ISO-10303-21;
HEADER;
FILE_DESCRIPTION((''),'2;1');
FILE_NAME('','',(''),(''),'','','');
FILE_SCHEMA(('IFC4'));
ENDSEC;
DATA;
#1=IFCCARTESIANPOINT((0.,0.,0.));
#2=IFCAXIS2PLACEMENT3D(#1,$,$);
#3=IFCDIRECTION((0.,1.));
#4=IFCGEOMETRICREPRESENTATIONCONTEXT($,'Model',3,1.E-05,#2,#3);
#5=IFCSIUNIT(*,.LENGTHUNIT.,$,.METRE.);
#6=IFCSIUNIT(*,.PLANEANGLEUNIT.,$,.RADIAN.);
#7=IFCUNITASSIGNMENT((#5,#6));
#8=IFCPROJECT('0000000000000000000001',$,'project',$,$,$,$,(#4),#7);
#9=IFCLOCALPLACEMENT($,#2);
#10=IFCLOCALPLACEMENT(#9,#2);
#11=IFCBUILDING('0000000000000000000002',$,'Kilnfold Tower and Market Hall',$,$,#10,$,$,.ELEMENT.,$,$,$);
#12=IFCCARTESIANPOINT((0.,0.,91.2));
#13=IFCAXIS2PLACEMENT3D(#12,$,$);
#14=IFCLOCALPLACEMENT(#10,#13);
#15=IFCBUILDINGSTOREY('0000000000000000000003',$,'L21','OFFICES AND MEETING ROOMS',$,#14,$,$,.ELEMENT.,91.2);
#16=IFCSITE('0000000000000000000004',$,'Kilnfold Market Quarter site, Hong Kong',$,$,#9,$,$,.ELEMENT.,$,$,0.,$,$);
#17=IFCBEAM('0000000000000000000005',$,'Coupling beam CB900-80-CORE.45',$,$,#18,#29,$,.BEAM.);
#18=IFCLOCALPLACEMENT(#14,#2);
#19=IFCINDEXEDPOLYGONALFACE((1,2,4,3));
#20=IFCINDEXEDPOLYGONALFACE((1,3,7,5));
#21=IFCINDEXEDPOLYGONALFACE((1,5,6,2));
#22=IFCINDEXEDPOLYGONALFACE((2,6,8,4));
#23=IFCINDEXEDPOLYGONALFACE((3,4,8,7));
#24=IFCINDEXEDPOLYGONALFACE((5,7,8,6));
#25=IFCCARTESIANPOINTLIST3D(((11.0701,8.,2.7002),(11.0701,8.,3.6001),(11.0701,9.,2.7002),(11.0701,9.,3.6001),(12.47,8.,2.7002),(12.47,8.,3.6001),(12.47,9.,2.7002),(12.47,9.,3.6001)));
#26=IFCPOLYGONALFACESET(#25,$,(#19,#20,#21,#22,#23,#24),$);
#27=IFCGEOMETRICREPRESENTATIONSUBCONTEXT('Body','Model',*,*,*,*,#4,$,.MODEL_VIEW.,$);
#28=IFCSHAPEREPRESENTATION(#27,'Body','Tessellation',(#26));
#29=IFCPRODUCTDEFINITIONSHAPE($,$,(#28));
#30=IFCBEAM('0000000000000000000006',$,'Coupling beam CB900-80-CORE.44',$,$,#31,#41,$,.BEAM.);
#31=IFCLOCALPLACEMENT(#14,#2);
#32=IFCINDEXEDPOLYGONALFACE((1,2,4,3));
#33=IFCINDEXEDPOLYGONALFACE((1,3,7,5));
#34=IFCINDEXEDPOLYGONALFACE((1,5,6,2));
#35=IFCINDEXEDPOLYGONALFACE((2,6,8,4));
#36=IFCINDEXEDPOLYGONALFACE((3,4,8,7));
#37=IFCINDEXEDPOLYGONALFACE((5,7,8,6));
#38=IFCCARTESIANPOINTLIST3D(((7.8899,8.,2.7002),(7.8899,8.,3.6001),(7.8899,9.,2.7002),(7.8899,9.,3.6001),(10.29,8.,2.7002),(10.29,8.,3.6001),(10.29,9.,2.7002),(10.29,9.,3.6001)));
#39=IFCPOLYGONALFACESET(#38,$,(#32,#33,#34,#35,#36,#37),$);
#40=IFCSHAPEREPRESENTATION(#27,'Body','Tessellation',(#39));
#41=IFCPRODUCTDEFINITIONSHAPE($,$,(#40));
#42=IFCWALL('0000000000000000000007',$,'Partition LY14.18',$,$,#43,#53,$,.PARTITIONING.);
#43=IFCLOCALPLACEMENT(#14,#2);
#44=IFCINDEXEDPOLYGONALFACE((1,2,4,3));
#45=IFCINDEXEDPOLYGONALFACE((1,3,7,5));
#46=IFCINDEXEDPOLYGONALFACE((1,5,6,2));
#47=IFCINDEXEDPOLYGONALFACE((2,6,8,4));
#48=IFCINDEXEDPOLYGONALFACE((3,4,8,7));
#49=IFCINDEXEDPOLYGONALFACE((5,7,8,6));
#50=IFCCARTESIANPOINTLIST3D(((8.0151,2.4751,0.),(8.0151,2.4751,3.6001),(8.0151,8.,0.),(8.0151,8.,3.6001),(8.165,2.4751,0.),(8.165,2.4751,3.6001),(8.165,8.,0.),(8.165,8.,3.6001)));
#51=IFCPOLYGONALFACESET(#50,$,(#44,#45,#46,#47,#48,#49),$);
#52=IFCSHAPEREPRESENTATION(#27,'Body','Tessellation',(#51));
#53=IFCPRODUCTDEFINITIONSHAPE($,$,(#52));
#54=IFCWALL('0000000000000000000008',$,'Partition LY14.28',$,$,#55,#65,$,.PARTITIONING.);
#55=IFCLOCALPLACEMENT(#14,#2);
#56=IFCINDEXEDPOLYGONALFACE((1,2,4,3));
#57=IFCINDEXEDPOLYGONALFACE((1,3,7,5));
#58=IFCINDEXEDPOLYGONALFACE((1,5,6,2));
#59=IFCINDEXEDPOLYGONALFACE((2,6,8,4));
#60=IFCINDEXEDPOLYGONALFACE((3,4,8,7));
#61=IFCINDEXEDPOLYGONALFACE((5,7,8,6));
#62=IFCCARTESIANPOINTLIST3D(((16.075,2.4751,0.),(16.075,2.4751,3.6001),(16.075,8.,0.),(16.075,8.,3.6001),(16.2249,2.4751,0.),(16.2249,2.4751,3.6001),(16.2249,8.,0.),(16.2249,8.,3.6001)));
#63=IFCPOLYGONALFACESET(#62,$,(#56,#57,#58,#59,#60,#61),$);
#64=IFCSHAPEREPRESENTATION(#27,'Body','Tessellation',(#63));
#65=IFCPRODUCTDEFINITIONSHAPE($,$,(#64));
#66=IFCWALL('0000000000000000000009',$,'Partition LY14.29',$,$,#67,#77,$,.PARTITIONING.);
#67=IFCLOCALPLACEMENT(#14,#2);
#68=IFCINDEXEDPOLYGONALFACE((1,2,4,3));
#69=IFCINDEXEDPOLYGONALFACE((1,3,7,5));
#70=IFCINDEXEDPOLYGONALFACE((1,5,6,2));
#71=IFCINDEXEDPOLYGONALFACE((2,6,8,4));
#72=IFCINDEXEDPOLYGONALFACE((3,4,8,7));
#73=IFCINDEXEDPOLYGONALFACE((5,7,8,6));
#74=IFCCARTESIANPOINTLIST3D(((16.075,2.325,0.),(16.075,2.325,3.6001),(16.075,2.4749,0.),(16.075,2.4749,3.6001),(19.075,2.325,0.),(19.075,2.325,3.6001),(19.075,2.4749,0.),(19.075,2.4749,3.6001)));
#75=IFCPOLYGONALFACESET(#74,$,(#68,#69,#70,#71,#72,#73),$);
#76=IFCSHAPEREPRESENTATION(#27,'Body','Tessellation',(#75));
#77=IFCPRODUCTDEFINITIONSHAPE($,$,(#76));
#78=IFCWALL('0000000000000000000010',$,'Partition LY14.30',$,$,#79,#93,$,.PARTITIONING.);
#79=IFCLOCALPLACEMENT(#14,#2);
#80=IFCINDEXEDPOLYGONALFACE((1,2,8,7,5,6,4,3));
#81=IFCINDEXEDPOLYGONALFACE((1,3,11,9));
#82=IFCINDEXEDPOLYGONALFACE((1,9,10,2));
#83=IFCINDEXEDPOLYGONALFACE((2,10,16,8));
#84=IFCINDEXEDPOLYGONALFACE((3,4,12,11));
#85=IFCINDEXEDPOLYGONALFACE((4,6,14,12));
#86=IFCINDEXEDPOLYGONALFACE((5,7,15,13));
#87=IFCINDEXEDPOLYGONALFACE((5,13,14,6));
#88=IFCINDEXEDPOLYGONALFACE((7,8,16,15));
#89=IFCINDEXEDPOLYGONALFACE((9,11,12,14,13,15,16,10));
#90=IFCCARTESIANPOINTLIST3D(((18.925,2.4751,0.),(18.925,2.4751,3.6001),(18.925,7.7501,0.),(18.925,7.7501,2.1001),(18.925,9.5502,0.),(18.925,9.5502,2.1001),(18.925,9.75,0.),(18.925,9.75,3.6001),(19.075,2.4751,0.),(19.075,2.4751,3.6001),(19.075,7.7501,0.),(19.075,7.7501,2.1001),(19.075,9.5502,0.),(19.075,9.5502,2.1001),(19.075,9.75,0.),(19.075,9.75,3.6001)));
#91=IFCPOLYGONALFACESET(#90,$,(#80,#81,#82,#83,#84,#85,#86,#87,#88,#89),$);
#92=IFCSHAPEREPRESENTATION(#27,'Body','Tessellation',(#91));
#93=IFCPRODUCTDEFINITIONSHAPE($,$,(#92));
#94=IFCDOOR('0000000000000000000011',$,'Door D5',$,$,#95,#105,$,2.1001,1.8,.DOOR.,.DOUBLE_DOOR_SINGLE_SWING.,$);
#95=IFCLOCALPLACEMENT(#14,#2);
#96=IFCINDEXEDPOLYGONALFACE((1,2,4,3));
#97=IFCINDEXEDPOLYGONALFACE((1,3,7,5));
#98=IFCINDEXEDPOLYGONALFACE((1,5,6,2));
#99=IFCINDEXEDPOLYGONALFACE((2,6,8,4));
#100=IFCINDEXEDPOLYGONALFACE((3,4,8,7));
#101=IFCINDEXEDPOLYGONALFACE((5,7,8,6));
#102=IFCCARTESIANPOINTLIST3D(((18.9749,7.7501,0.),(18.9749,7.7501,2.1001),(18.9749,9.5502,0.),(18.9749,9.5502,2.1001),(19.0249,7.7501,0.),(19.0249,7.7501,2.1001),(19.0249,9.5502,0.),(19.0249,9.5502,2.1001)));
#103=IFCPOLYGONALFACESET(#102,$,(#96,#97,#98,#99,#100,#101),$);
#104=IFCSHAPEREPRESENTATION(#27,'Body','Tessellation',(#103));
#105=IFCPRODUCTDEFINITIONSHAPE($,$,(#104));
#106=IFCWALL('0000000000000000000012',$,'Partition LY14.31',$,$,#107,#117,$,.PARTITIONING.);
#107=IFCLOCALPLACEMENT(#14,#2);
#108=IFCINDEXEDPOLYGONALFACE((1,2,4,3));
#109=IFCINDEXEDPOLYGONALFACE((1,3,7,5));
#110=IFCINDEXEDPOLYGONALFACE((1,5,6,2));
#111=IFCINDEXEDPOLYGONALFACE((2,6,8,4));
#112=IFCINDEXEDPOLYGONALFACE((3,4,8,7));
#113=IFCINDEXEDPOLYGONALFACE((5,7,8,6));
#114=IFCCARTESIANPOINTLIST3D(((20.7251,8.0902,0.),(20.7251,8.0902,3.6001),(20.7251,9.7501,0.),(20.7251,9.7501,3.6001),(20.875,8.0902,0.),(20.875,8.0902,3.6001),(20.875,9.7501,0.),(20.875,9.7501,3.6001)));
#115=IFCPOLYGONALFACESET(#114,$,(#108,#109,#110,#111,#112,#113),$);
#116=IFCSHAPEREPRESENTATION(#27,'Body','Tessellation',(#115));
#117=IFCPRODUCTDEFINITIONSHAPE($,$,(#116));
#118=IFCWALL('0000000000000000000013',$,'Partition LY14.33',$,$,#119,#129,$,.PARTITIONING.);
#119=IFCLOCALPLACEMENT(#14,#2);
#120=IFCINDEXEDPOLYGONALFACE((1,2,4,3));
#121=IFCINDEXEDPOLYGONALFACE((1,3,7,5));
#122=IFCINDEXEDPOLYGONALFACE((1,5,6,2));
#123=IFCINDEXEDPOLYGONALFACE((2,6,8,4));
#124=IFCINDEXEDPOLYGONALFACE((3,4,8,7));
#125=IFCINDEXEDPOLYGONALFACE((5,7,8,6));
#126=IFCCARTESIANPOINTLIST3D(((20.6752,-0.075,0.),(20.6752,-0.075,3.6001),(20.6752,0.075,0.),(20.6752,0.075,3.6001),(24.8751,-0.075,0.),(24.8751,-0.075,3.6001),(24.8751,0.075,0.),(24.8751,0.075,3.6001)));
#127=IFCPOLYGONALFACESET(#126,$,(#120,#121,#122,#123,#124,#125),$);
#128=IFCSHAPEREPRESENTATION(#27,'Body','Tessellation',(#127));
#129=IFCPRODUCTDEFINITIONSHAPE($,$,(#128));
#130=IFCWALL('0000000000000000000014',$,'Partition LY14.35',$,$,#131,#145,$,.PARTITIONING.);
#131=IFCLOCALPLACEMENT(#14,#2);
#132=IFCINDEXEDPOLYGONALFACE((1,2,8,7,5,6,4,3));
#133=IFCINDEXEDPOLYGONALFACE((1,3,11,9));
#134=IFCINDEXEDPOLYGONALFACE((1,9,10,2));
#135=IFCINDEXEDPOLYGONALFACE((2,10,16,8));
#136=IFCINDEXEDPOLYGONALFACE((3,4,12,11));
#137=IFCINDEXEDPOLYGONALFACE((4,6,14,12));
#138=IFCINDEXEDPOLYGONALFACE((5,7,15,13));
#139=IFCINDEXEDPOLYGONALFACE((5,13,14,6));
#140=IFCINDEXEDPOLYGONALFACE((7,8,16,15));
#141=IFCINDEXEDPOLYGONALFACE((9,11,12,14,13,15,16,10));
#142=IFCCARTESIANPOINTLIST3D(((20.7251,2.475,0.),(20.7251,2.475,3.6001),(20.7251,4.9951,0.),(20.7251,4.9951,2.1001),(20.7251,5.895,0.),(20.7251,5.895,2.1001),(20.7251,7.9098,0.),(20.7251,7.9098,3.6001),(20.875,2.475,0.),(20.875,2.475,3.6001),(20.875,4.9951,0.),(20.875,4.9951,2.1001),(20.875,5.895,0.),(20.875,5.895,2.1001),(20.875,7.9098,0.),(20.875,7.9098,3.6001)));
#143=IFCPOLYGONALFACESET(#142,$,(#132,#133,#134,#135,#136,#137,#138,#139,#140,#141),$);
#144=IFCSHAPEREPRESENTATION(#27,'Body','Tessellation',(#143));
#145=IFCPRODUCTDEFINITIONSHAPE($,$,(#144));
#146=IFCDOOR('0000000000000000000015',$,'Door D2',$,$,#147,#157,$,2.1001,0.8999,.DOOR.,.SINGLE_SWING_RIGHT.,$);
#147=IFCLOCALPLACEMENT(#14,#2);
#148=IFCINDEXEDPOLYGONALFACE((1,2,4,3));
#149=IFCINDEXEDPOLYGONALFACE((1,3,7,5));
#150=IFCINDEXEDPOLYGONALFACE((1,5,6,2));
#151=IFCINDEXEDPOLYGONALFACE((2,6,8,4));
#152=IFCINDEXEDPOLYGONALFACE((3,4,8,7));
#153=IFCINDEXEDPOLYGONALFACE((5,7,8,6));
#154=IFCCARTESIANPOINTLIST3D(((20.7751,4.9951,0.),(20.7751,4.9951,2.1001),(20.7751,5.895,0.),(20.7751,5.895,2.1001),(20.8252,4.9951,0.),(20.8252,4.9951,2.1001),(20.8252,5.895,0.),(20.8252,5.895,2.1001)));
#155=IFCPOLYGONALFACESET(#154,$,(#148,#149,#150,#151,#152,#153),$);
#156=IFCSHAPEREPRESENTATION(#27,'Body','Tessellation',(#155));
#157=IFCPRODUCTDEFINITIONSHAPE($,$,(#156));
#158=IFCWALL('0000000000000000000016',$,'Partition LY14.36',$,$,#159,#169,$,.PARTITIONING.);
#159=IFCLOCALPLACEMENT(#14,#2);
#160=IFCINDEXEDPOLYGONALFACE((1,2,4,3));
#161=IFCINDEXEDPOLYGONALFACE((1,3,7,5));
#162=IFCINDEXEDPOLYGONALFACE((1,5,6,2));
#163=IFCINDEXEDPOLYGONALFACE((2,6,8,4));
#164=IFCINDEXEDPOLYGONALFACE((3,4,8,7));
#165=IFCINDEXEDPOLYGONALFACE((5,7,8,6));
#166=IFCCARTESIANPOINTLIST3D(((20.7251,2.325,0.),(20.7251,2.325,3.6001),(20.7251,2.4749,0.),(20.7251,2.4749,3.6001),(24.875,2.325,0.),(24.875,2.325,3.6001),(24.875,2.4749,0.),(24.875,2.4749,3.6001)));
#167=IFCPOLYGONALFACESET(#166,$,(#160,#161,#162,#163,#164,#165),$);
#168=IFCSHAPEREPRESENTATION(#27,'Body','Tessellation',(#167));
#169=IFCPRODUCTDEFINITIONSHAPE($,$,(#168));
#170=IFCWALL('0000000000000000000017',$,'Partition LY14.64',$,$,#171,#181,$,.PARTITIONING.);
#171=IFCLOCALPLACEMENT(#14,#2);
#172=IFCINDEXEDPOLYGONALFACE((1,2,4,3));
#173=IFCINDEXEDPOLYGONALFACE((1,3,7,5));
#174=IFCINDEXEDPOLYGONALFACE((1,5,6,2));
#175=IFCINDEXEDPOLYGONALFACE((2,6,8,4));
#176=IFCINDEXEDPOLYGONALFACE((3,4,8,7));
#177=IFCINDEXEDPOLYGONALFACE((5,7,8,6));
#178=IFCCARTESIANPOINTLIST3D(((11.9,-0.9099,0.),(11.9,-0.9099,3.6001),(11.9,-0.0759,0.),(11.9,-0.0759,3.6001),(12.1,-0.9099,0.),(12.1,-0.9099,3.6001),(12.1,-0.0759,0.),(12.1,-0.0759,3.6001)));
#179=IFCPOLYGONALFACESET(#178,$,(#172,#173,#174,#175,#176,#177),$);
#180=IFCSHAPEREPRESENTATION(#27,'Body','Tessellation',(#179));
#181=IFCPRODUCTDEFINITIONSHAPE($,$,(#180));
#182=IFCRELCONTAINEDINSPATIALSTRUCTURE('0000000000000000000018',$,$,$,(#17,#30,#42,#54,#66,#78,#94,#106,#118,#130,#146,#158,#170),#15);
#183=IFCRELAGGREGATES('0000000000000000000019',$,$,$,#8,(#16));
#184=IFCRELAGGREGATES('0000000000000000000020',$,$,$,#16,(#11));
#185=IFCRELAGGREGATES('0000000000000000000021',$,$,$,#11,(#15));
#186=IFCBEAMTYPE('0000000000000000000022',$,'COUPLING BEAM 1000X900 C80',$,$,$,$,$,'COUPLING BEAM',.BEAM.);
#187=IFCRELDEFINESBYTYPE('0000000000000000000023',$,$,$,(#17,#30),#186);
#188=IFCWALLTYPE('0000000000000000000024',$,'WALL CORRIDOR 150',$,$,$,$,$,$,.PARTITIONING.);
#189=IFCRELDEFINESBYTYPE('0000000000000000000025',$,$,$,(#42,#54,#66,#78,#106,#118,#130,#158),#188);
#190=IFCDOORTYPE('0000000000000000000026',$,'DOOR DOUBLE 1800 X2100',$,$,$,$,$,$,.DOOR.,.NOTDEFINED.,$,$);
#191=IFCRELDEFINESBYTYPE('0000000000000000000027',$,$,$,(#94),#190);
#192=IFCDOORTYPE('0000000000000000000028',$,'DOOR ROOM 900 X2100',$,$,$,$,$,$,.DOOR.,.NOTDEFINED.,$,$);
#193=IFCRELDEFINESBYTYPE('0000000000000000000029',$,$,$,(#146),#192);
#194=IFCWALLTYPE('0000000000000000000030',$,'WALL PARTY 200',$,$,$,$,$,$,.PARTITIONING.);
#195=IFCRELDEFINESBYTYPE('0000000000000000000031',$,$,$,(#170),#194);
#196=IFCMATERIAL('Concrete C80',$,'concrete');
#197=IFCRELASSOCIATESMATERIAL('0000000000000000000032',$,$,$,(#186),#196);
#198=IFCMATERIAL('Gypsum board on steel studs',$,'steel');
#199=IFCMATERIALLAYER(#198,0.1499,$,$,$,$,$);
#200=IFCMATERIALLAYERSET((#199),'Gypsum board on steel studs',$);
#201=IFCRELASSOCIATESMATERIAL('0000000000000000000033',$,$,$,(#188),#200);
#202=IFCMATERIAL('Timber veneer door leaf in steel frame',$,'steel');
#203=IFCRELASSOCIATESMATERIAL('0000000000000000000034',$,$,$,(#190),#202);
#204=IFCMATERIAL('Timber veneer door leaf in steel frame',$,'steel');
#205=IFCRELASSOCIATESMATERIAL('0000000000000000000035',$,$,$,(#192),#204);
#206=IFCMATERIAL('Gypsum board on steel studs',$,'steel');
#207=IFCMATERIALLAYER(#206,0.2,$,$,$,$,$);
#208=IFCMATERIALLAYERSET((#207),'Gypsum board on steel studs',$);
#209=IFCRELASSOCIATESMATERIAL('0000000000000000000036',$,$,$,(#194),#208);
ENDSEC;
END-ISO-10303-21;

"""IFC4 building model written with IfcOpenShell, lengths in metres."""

from ifc_helpers import new_model, si_unit, direction, frame, frame_2d, origin, origin_2d, place, context, subcontext, project, spatial, rectangle, extrude, source, transform, mapped, material, layer, layer_set, material_profile, profile_set, type_object, element, fill, save


model = new_model("IFC4")

# Units and contexts
model_context = context("Model", 3, precision=1e-05, world=origin(), true_north=direction((0.0, 1.0)))
body_context = subcontext(model_context, "Body", "Model", "MODEL_VIEW")
ifc_project = project(units=[si_unit("LENGTHUNIT", "METRE"), si_unit("PLANEANGLEUNIT", "RADIAN")], contexts=[model_context])

# Site, building, storey
site_placement = place(None, origin())
site = spatial("IfcSite", under=ifc_project, at=site_placement, Name="Kilnfold Market Quarter site, Hong Kong", CompositionType="ELEMENT", RefElevation=0.0)
building_placement = place(site_placement, origin())
building = spatial("IfcBuilding", under=site, at=building_placement, Name="Kilnfold Tower and Market Hall", CompositionType="ELEMENT")
storey_placement = place(building_placement, frame((0.0, 0.0, 91.2)))
storey = spatial("IfcBuildingStorey", under=building, at=storey_placement, Name="L21", Description="OFFICES AND MEETING ROOMS", CompositionType="ELEMENT", Elevation=91.2)

# Beams
ifc_material_1 = material(Name="Concrete C80", Category="concrete")
ifc_material_profile = material_profile(ifc_material_1, rectangle(XDim=1.0, YDim=0.8999, at=origin_2d()), Name="RC 1000x900")
ifc_profile_set = profile_set([ifc_material_profile], Name="Concrete C80")
beam_type = type_object("IfcBeamType", Name="COUPLING BEAM 1000X900 C80", ElementType="COUPLING BEAM", PredefinedType="BEAM", material=ifc_profile_set)
shared_shape_1 = source(origin(), body_context, "Body", "SweptSolid", [
    extrude(rectangle(XDim=1.0, YDim=0.8999, at=origin_2d()), origin(), (0.0, 0.0, 1.0), 1.3999),
])
beam_1_placement = place(storey_placement, frame((11.0701, 8.5, 3.1501), z_axis=(1.0, 0.0, 0.0), x_axis=(0.0, 1.0, 0.0)))
element("IfcBeam", 1, at=beam_1_placement, inside=storey, type_object=beam_type, Name="Coupling beam CB900-80-CORE.45", PredefinedType="BEAM", context=body_context, shape_type="MappedRepresentation", body=[
    mapped(shared_shape_1, transform((0.0, 0.0, 0.0))),
])
shared_shape_2 = source(origin(), body_context, "Body", "SweptSolid", [
    extrude(rectangle(XDim=1.0, YDim=0.8999, at=origin_2d()), origin(), (0.0, 0.0, 1.0), 2.4001),
])
beam_2_placement = place(storey_placement, frame((7.8899, 8.5, 3.1501), z_axis=(1.0, 0.0, 0.0), x_axis=(0.0, 1.0, 0.0)))
element("IfcBeam", 2, at=beam_2_placement, inside=storey, type_object=beam_type, Name="Coupling beam CB900-80-CORE.44", PredefinedType="BEAM", context=body_context, shape_type="MappedRepresentation", body=[
    mapped(shared_shape_2, transform((0.0, 0.0, 0.0))),
])

# Walls
ifc_material_2 = material(Name="Gypsum board on steel studs", Category="steel")
ifc_layer_1 = layer(ifc_material_2, 0.1499)
ifc_layer_set_1 = layer_set([ifc_layer_1], Name="Gypsum board on steel studs")
wall_type_1 = type_object("IfcWallType", Name="WALL CORRIDOR 150", PredefinedType="PARTITIONING", material=ifc_layer_set_1)
for number, where, z_axis, x_axis, name in (
    (3, (8.0901, 8.0, 0.0), (0.0, 0.0, 1.0), (0.0, -1.0, 0.0), "Partition LY14.18"),
    (4, (16.1499, 2.4751, 0.0), (0.0, 0.0, 1.0), (0.0, 1.0, 0.0), "Partition LY14.28"),
):
    element("IfcWall", number, at=place(storey_placement, frame(where, z_axis=z_axis, x_axis=x_axis)), inside=storey, type_object=wall_type_1, Name=name, PredefinedType="PARTITIONING", context=body_context, shape_type="SweptSolid", body=[
        extrude(rectangle(XDim=5.5249, YDim=0.1499, at=frame_2d((2.7625, 0.0))), origin(), (0.0, 0.0, 1.0), 3.6001),
    ])
wall_1_placement = place(storey_placement, frame((16.075, 2.3999, 0.0), z_axis=(0.0, 0.0, 1.0), x_axis=(1.0, 0.0, 0.0)))
element("IfcWall", 5, at=wall_1_placement, inside=storey, type_object=wall_type_1, Name="Partition LY14.29", PredefinedType="PARTITIONING", context=body_context, shape_type="SweptSolid", body=[
    extrude(rectangle(XDim=3.0, YDim=0.1499, at=frame_2d((1.5, 0.0))), origin(), (0.0, 0.0, 1.0), 3.6001),
])

# Wall, opening, door
wall_2_placement = place(storey_placement, frame((19.0, 9.75, 0.0), z_axis=(0.0, 0.0, 1.0), x_axis=(0.0, -1.0, 0.0)))
wall_2 = element("IfcWall", 6, at=wall_2_placement, inside=storey, type_object=wall_type_1, Name="Partition LY14.30", PredefinedType="PARTITIONING", context=body_context, shape_type="SweptSolid", body=[
    extrude(rectangle(XDim=7.2749, YDim=0.1499, at=frame_2d((3.6375, 0.0))), origin(), (0.0, 0.0, 1.0), 3.6001),
])
opening_1_placement = place(wall_2_placement, frame((0.2, 0.0, 0.0)))
opening_1 = element("IfcOpeningElement", 7, at=opening_1_placement, cuts=wall_2, PredefinedType="OPENING", context=body_context, shape_type="SweptSolid", body=[
    extrude(rectangle(XDim=1.8, YDim=2.1001, at=frame_2d((0.8999, 1.05))), frame((0.0, 0.085, 0.0), z_axis=(0.0, -1.0, 0.0), x_axis=(1.0, 0.0, 0.0)), (0.0, 0.0, 1.0), 0.1699),
])
ifc_material_3 = material(Name="Timber veneer door leaf in steel frame", Category="steel")
door_type_1 = type_object("IfcDoorType", Name="DOOR DOUBLE 1800 X2100", OperationType="NOTDEFINED", PredefinedType="DOOR", material=ifc_material_3)
door_1_placement = place(opening_1_placement, origin())
door_1 = element("IfcDoor", 8, at=door_1_placement, inside=storey, type_object=door_type_1, Name="Door D5", OperationType="DOUBLE_DOOR_SINGLE_SWING", OverallHeight=2.1001, OverallWidth=1.8, PredefinedType="DOOR", context=body_context, shape_type="SweptSolid", body=[
    extrude(rectangle(XDim=1.8, YDim=2.1001, at=frame_2d((0.8999, 1.05))), frame((0.0, 0.0249, 0.0), z_axis=(0.0, -1.0, 0.0), x_axis=(1.0, 0.0, 0.0)), (0.0, 0.0, 1.0), 0.05),
])
fill(opening_1, door_1)

# Walls
wall_3_placement = place(storey_placement, frame((20.8, 8.0901, 0.0), z_axis=(0.0, 0.0, 1.0), x_axis=(0.0, 1.0, 0.0)))
element("IfcWall", 9, at=wall_3_placement, inside=storey, type_object=wall_type_1, Name="Partition LY14.31", PredefinedType="PARTITIONING", context=body_context, shape_type="SweptSolid", body=[
    extrude(rectangle(XDim=1.6599, YDim=0.1499, at=frame_2d((0.8301, 0.0))), origin(), (0.0, 0.0, 1.0), 3.6001),
])
wall_4_placement = place(storey_placement, frame((20.675, 0.0, 0.0), z_axis=(0.0, 0.0, 1.0), x_axis=(1.0, 0.0, 0.0)))
element("IfcWall", 10, at=wall_4_placement, inside=storey, type_object=wall_type_1, Name="Partition LY14.33", PredefinedType="PARTITIONING", context=body_context, shape_type="SweptSolid", body=[
    extrude(rectangle(XDim=4.2, YDim=0.1499, at=frame_2d((2.1001, 0.0))), origin(), (0.0, 0.0, 1.0), 3.6001),
])

# Wall, opening, door
wall_5_placement = place(storey_placement, frame((20.8, 2.4751, 0.0), z_axis=(0.0, 0.0, 1.0), x_axis=(0.0, 1.0, 0.0)))
wall_5 = element("IfcWall", 11, at=wall_5_placement, inside=storey, type_object=wall_type_1, Name="Partition LY14.35", PredefinedType="PARTITIONING", context=body_context, shape_type="SweptSolid", body=[
    extrude(rectangle(XDim=5.4348, YDim=0.1499, at=frame_2d((2.7173, 0.0))), origin(), (0.0, 0.0, 1.0), 3.6001),
])
opening_2_placement = place(wall_5_placement, frame((2.52, 0.0, 0.0)))
opening_2 = element("IfcOpeningElement", 12, at=opening_2_placement, cuts=wall_5, PredefinedType="OPENING", context=body_context, shape_type="SweptSolid", body=[
    extrude(rectangle(XDim=0.8999, YDim=2.1001, at=frame_2d((0.45, 1.05))), frame((0.0, 0.085, 0.0), z_axis=(0.0, -1.0, 0.0), x_axis=(1.0, 0.0, 0.0)), (0.0, 0.0, 1.0), 0.1699),
])
ifc_material_4 = material(Name="Timber veneer door leaf in steel frame", Category="steel")
door_type_2 = type_object("IfcDoorType", Name="DOOR ROOM 900 X2100", OperationType="NOTDEFINED", PredefinedType="DOOR", material=ifc_material_4)
door_2_placement = place(opening_2_placement, origin())
door_2 = element("IfcDoor", 13, at=door_2_placement, inside=storey, type_object=door_type_2, Name="Door D2", OperationType="SINGLE_SWING_RIGHT", OverallHeight=2.1001, OverallWidth=0.8999, PredefinedType="DOOR", context=body_context, shape_type="SweptSolid", body=[
    extrude(rectangle(XDim=0.8999, YDim=2.1001, at=frame_2d((0.45, 1.05))), frame((0.0, 0.0249, 0.0), z_axis=(0.0, -1.0, 0.0), x_axis=(1.0, 0.0, 0.0)), (0.0, 0.0, 1.0), 0.05),
])
fill(opening_2, door_2)

# Walls
wall_6_placement = place(storey_placement, frame((20.7251, 2.3999, 0.0), z_axis=(0.0, 0.0, 1.0), x_axis=(1.0, 0.0, 0.0)))
element("IfcWall", 14, at=wall_6_placement, inside=storey, type_object=wall_type_1, Name="Partition LY14.36", PredefinedType="PARTITIONING", context=body_context, shape_type="SweptSolid", body=[
    extrude(rectangle(XDim=4.1499, YDim=0.1499, at=frame_2d((2.075, 0.0))), origin(), (0.0, 0.0, 1.0), 3.6001),
])
ifc_material_5 = material(Name="Gypsum board on steel studs", Category="steel")
ifc_layer_2 = layer(ifc_material_5, 0.2)
ifc_layer_set_2 = layer_set([ifc_layer_2], Name="Gypsum board on steel studs")
wall_type_2 = type_object("IfcWallType", Name="WALL PARTY 200", PredefinedType="PARTITIONING", material=ifc_layer_set_2)
wall_7_placement = place(storey_placement, frame((12.0, -0.9099, 0.0), z_axis=(0.0, 0.0, 1.0), x_axis=(0.0, 1.0, 0.0)))
element("IfcWall", 15, at=wall_7_placement, inside=storey, type_object=wall_type_2, Name="Partition LY14.64", PredefinedType="PARTITIONING", context=body_context, shape_type="SweptSolid", body=[
    extrude(rectangle(XDim=0.834, YDim=0.2, at=frame_2d((0.417, 0.0))), origin(), (0.0, 0.0, 1.0), 3.6001),
])

save(model, "model.ifc")
